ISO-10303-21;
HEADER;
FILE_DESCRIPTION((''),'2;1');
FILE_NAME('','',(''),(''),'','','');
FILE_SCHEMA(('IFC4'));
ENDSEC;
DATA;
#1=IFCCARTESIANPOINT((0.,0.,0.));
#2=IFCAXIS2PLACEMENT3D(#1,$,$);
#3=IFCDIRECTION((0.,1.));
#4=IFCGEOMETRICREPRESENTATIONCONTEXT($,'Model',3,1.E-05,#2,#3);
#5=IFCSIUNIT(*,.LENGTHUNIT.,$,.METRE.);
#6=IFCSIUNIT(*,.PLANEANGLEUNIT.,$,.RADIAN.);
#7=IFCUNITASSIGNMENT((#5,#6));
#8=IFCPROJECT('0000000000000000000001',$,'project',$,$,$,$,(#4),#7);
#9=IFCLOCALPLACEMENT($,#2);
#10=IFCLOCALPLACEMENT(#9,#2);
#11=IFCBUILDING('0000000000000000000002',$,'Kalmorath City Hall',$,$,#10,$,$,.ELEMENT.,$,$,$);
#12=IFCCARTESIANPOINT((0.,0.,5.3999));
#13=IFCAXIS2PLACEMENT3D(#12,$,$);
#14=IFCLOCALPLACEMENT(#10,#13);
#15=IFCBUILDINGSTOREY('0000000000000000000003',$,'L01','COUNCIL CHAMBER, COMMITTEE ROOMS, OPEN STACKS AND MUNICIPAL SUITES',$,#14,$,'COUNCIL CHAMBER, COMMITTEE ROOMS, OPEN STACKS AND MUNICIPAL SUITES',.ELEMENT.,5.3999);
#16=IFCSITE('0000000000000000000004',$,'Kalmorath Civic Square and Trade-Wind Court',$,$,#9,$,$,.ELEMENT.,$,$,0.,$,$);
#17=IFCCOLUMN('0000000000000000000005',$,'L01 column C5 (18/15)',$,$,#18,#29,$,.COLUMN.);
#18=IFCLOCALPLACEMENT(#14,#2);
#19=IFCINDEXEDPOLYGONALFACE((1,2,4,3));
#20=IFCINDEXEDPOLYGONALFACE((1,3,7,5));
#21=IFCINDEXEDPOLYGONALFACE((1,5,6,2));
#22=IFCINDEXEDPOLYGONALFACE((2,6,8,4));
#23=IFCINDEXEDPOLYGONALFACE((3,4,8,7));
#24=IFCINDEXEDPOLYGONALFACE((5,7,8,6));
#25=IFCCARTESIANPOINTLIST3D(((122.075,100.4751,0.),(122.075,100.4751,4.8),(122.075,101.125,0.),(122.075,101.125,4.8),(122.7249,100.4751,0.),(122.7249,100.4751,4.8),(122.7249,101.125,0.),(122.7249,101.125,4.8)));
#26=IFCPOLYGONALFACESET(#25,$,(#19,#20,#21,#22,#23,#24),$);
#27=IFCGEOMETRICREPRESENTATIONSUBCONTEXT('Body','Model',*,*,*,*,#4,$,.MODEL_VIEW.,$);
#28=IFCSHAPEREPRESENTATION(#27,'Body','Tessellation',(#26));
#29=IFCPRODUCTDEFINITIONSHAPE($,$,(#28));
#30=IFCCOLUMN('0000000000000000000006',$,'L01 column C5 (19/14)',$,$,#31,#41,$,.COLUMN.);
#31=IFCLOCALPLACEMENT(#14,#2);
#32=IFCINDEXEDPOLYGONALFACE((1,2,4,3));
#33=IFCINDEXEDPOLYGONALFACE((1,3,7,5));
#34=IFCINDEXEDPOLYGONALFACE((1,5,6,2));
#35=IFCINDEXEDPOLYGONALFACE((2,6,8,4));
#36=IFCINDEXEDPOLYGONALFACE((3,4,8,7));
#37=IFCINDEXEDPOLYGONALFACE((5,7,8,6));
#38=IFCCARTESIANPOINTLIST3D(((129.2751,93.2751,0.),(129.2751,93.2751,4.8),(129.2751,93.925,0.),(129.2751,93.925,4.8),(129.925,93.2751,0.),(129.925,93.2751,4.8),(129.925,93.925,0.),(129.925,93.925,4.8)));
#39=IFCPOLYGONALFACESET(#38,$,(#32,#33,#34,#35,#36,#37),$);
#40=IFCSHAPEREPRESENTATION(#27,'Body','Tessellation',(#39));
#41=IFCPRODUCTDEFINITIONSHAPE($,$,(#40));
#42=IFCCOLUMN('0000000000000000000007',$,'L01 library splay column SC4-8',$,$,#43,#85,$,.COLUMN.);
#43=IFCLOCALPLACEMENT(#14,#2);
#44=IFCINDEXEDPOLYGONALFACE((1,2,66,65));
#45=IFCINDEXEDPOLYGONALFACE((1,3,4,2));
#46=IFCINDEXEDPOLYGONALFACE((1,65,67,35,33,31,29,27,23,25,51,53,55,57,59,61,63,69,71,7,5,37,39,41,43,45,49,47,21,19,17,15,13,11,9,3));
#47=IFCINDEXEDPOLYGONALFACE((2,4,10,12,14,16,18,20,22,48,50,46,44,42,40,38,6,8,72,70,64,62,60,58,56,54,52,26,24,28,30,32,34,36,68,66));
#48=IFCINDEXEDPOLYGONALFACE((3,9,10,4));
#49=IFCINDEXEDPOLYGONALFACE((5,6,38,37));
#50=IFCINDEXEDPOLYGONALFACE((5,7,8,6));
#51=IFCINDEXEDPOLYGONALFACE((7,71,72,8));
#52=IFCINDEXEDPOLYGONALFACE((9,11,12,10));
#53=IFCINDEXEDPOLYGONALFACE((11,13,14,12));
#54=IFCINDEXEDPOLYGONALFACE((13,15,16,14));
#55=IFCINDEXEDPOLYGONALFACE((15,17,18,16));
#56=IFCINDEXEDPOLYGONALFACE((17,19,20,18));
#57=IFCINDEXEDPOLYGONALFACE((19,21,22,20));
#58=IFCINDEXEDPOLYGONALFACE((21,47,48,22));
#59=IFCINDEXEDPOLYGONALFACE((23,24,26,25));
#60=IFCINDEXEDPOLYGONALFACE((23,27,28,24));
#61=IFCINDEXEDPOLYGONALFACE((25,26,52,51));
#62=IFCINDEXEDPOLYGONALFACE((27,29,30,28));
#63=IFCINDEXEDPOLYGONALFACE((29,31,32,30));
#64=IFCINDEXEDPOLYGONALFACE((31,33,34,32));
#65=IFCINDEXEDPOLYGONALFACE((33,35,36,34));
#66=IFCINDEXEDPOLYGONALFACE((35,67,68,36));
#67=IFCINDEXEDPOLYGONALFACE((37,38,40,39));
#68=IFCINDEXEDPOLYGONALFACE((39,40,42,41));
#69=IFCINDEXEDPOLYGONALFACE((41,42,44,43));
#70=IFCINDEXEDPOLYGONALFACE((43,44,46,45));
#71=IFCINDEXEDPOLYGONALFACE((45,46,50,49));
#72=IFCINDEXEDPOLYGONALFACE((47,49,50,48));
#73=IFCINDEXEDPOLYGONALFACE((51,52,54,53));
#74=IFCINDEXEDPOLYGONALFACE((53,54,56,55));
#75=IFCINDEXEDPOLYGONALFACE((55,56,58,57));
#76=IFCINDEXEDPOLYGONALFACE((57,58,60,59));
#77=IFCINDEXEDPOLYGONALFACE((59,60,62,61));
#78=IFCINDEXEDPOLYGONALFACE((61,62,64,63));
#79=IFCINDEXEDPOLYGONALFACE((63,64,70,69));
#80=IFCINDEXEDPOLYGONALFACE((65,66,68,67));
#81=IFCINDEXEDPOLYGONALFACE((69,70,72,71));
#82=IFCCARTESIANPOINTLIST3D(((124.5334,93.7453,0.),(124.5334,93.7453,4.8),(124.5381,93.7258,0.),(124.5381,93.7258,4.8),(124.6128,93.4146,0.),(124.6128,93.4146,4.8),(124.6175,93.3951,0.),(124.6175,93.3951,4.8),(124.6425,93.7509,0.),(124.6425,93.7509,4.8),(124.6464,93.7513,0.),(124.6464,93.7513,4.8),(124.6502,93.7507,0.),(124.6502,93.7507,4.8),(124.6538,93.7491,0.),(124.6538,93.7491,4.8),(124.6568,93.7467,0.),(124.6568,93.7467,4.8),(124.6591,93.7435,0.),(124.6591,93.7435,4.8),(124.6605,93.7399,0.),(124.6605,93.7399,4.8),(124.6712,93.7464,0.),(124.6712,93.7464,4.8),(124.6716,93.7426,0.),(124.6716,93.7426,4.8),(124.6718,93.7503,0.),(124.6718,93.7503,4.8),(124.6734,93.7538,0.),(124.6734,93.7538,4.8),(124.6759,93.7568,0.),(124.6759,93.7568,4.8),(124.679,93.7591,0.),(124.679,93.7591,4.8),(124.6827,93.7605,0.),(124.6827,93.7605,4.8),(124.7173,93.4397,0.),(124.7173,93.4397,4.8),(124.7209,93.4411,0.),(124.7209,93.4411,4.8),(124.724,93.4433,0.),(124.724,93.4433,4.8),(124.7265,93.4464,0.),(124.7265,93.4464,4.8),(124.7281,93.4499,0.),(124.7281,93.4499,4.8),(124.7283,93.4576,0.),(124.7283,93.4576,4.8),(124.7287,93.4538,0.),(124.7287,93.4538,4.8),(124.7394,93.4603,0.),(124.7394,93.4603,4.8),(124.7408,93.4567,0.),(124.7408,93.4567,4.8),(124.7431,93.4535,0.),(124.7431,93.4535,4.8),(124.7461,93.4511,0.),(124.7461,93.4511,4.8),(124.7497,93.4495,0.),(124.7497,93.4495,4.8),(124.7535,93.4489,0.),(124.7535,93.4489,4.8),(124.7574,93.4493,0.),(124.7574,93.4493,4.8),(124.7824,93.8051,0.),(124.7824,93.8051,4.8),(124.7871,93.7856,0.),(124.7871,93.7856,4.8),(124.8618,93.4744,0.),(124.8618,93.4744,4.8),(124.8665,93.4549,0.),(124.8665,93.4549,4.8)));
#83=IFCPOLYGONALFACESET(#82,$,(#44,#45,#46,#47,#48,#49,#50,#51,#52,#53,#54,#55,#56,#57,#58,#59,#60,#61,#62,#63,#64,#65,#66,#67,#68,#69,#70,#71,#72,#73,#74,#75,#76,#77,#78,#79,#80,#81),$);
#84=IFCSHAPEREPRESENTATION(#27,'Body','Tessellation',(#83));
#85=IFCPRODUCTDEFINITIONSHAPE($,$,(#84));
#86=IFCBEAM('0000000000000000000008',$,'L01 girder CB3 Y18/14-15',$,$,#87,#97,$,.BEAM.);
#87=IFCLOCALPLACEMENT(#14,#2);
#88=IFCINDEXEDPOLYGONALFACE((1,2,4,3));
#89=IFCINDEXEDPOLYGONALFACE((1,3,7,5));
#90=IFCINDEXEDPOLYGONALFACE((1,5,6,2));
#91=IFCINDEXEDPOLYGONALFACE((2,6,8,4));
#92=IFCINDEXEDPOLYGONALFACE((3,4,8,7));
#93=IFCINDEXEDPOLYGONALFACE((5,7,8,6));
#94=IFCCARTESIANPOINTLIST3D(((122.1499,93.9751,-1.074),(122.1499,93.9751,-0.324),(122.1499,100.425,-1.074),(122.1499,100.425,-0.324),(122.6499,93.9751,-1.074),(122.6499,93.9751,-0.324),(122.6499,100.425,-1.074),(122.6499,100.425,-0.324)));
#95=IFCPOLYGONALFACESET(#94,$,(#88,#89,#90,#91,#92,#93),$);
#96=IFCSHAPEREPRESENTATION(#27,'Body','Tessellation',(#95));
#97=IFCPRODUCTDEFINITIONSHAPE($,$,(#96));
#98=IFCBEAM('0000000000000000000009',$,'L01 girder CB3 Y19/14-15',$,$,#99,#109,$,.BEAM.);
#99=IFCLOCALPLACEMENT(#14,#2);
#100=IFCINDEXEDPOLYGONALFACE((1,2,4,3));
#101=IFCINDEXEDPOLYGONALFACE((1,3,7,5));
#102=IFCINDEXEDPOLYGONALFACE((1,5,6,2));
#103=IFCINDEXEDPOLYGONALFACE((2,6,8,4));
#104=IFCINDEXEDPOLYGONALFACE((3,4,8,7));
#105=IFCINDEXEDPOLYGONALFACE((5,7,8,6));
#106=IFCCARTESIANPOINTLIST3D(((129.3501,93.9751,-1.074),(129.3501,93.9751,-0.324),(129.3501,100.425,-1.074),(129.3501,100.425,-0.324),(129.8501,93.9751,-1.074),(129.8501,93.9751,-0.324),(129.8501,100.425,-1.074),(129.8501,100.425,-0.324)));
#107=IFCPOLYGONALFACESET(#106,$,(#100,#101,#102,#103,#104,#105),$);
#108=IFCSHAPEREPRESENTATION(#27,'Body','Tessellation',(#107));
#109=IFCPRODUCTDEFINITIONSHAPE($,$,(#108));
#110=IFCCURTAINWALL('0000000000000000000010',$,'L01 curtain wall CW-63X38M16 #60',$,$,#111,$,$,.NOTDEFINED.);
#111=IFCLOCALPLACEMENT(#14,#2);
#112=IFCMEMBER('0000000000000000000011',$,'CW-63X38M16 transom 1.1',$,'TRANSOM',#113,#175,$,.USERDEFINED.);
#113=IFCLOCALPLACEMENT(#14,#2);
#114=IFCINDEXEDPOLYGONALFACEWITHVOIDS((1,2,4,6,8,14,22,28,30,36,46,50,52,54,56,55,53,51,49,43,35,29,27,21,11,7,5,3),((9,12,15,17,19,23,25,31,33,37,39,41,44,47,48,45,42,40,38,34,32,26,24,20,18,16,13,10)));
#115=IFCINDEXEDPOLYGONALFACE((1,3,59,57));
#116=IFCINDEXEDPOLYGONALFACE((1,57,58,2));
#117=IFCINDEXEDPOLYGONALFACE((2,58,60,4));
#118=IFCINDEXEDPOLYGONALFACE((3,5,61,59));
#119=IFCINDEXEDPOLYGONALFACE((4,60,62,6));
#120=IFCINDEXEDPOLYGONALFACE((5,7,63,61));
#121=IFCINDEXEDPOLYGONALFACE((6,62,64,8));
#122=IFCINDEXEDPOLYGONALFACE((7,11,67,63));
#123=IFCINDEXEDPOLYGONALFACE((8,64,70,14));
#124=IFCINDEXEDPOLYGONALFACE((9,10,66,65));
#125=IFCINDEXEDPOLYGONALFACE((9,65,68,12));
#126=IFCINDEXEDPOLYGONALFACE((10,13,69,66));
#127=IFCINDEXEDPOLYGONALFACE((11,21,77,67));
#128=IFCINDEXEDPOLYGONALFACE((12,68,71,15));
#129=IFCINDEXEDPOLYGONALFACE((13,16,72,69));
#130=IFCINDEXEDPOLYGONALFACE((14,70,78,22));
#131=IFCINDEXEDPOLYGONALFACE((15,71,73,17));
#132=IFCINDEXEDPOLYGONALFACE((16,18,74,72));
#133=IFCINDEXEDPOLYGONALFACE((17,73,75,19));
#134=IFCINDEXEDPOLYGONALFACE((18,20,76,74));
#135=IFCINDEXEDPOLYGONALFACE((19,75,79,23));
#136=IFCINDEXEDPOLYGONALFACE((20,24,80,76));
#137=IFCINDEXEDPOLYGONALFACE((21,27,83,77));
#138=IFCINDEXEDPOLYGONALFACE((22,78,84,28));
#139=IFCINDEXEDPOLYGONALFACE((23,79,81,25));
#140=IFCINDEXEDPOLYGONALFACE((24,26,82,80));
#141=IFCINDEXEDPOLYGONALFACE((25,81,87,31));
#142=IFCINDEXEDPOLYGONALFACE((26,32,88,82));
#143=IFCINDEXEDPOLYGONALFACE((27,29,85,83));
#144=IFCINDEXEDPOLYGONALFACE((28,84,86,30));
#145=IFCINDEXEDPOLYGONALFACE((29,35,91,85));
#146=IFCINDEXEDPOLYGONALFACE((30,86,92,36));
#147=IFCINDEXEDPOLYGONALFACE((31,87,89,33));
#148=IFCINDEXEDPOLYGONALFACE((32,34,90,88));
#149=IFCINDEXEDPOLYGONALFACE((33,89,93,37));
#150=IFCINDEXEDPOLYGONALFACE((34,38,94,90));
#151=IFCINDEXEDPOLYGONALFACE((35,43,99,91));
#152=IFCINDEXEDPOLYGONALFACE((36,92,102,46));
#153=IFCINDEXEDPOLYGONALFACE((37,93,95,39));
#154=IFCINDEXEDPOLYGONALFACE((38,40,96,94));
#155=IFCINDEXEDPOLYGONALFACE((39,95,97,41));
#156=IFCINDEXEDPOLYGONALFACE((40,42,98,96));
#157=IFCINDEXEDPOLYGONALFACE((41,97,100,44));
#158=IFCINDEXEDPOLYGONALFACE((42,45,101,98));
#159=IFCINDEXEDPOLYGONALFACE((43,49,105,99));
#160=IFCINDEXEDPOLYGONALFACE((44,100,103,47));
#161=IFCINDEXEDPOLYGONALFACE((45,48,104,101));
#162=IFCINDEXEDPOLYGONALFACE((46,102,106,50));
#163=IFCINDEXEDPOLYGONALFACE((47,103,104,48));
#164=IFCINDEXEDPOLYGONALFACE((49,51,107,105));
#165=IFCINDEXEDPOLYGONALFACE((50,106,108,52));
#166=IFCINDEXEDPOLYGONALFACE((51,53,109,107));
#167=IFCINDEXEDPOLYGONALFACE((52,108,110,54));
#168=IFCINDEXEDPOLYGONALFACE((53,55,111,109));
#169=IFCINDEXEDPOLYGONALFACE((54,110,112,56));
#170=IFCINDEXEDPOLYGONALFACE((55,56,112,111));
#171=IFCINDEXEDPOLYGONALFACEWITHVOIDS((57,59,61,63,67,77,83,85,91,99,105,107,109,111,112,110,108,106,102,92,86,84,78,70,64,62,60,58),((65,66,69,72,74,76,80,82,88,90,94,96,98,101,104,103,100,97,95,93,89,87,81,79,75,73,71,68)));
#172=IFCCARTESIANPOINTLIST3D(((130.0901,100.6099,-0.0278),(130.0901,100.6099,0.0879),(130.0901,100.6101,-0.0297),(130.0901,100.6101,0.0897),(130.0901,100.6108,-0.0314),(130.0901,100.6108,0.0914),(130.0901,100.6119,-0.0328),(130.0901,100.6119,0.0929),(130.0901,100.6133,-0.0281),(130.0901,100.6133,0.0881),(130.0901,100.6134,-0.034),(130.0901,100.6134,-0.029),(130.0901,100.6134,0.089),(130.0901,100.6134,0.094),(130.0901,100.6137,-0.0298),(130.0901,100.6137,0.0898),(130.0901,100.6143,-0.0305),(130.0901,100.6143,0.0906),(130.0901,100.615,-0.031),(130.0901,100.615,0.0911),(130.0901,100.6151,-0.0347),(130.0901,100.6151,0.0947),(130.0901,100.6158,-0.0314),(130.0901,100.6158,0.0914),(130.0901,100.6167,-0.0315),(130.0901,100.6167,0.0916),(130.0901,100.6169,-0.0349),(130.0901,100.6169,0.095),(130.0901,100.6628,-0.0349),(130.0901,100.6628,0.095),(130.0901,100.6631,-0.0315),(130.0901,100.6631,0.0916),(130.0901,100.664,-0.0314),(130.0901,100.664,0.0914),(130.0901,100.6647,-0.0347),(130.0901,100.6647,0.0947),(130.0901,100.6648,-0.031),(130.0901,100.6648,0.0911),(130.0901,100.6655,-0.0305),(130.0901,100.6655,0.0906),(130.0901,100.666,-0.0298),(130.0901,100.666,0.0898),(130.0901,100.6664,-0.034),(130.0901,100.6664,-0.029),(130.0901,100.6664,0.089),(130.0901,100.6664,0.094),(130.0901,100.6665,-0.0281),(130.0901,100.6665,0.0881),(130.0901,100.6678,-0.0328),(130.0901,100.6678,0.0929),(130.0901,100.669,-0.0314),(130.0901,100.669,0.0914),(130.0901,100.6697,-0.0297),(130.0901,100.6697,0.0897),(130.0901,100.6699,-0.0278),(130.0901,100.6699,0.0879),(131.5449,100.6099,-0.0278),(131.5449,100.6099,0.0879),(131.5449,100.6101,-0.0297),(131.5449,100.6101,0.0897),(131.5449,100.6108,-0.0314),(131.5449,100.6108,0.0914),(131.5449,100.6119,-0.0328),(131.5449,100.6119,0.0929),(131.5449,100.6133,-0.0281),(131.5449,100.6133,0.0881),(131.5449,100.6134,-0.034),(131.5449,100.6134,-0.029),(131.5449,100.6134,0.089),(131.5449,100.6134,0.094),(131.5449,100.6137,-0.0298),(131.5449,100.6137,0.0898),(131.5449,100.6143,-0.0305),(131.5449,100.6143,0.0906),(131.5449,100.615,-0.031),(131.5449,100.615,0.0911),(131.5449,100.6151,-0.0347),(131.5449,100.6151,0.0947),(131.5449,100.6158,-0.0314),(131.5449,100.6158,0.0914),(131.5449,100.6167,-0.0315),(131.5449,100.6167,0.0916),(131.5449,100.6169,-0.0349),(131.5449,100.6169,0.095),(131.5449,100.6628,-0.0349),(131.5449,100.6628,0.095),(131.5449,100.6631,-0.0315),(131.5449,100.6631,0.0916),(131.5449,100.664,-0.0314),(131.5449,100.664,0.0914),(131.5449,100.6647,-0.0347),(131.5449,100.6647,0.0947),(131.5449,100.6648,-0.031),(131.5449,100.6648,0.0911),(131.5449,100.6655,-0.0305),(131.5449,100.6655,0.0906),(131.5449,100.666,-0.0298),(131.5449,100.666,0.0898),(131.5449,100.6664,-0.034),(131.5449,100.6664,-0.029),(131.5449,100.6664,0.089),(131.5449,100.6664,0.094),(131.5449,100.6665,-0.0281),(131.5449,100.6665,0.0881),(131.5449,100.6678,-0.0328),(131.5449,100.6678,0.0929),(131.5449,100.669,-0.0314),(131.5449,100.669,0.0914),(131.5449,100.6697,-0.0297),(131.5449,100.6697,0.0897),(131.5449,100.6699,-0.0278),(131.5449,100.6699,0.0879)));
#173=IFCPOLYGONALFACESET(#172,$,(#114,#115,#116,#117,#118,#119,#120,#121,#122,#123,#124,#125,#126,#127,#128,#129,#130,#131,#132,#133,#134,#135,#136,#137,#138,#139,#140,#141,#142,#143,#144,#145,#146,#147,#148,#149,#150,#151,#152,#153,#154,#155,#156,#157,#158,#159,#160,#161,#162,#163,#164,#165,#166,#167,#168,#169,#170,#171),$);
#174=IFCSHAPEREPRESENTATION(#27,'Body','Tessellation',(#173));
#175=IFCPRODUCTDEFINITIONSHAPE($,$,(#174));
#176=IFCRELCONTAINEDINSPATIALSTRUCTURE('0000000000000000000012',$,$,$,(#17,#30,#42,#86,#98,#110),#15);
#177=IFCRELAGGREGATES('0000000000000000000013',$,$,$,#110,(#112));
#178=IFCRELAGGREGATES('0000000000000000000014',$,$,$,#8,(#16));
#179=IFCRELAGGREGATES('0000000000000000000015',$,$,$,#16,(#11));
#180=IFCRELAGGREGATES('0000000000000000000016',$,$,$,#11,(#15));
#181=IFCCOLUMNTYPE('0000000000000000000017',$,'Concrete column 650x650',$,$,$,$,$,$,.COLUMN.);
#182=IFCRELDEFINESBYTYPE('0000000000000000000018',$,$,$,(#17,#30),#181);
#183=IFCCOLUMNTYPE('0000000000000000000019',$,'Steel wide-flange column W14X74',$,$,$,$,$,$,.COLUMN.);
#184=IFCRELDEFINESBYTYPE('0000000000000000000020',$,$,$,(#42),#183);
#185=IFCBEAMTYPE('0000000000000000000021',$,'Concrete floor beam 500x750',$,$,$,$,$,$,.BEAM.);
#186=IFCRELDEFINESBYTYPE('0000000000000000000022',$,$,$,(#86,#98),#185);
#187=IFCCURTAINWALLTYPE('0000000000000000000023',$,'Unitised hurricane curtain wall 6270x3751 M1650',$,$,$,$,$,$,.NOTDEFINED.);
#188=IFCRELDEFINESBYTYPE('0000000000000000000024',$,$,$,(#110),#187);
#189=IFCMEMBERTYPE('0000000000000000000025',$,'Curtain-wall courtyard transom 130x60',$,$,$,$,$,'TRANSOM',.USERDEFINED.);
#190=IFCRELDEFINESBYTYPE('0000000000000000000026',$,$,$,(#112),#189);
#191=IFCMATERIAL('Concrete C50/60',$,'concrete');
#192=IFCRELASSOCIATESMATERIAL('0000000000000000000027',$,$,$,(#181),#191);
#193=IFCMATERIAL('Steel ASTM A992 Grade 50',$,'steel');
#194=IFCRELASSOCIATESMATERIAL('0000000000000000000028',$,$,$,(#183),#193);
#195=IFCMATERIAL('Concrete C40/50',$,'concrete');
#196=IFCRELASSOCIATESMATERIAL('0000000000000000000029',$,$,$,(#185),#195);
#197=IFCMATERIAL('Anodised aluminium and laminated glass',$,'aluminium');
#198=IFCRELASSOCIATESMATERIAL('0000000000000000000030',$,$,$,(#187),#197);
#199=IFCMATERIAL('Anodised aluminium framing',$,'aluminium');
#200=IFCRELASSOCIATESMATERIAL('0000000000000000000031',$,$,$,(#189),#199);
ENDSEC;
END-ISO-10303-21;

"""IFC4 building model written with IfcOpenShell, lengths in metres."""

from ifc_helpers import new_model, si_unit, direction, frame, origin, origin_2d, place, context, subcontext, project, spatial, rectangle, hollow_rectangle, i_section, extrude, material, material_profile, profile_set, type_object, element, aggregate, save


model = new_model("IFC4")

# Units and contexts
model_context = context("Model", 3, precision=1e-05, world=origin(), true_north=direction((0.0, 1.0)))
body_context = subcontext(model_context, "Body", "Model", "MODEL_VIEW")
ifc_project = project(units=[si_unit("LENGTHUNIT", "METRE"), si_unit("PLANEANGLEUNIT", "RADIAN")], contexts=[model_context])

# Site, building, storey
site_placement = place(None, origin())
site = spatial("IfcSite", under=ifc_project, at=site_placement, Name="Kalmorath Civic Square and Trade-Wind Court", CompositionType="ELEMENT", RefElevation=0.0)
building_placement = place(site_placement, origin())
building = spatial("IfcBuilding", under=site, at=building_placement, Name="Kalmorath City Hall", CompositionType="ELEMENT")
storey_placement = place(building_placement, frame((0.0, 0.0, 5.3999)))
storey = spatial("IfcBuildingStorey", under=building, at=storey_placement, Name="L01", Description="COUNCIL CHAMBER, COMMITTEE ROOMS, OPEN STACKS AND MUNICIPAL SUITES", LongName="COUNCIL CHAMBER, COMMITTEE ROOMS, OPEN STACKS AND MUNICIPAL SUITES", CompositionType="ELEMENT", Elevation=5.3999)

# Columns
ifc_material_1 = material(Name="Concrete C50/60", Category="concrete")
ifc_material_profile_1 = material_profile(ifc_material_1, rectangle(XDim=0.6499, YDim=0.6499, at=origin_2d()), Name="RC-COL-650X650")
ifc_profile_set_1 = profile_set([ifc_material_profile_1], Name="Concrete C50/60")
column_type_1 = type_object("IfcColumnType", Name="Concrete column 650x650", PredefinedType="COLUMN", material=ifc_profile_set_1)
for number, where, z_axis, x_axis, name in (
    (1, (122.3999, 100.8, 0.0), (0.0, 0.0, 1.0), (1.0, 0.0, 0.0), "L01 column C5 (18/15)"),
    (2, (129.6001, 93.6001, 0.0), (0.0, 0.0, 1.0), (1.0, 0.0, 0.0), "L01 column C5 (19/14)"),
):
    element("IfcColumn", number, at=place(storey_placement, frame(where, z_axis=z_axis, x_axis=x_axis)), inside=storey, type_object=column_type_1, Name=name, PredefinedType="COLUMN", context=body_context, shape_type="SweptSolid", body=[
        extrude(rectangle(XDim=0.6499, YDim=0.6499, at=origin_2d()), origin(), (0.0, 0.0, 1.0), 4.8),
    ])
ifc_material_2 = material(Name="Steel ASTM A992 Grade 50", Category="steel")
ifc_material_profile_2 = material_profile(ifc_material_2, i_section(OverallWidth=0.2561, OverallDepth=0.3601, WebThickness=0.0115, FlangeThickness=0.02, FilletRadius=0.0149, at=origin_2d()), Name="W14X74")
ifc_profile_set_2 = profile_set([ifc_material_profile_2], Name="Steel ASTM A992 Grade 50")
column_type_2 = type_object("IfcColumnType", Name="Steel wide-flange column W14X74", PredefinedType="COLUMN", material=ifc_profile_set_2)
column_placement = place(storey_placement, frame((124.7, 93.6001, 0.0), z_axis=(0.0, 0.0, 1.0), x_axis=(0.97237, 0.233445, 0.0)))
element("IfcColumn", 3, at=column_placement, inside=storey, type_object=column_type_2, Name="L01 library splay column SC4-8", PredefinedType="COLUMN", context=body_context, shape_type="SweptSolid", body=[
    extrude(i_section(OverallWidth=0.2561, OverallDepth=0.3601, WebThickness=0.0115, FlangeThickness=0.02, FilletRadius=0.0149, at=origin_2d()), origin(), (0.0, 0.0, 1.0), 4.8),
])

# Beams
ifc_material_3 = material(Name="Concrete C40/50", Category="concrete")
ifc_material_profile_3 = material_profile(ifc_material_3, rectangle(XDim=0.5, YDim=0.75, at=origin_2d()), Name="RC-BM-500X750")
ifc_profile_set_3 = profile_set([ifc_material_profile_3], Name="Concrete C40/50")
beam_type_1 = type_object("IfcBeamType", Name="Concrete floor beam 500x750", PredefinedType="BEAM", material=ifc_profile_set_3)
for number, where, z_axis, x_axis, name in (
    (4, (122.3999, 93.9751, -0.699), (0.0, 1.0, 0.0), (-1.0, 0.0, 0.0), "L01 girder CB3 Y18/14-15"),
    (5, (129.6001, 93.9751, -0.699), (0.0, 1.0, 0.0), (-1.0, 0.0, 0.0), "L01 girder CB3 Y19/14-15"),
):
    element("IfcBeam", number, at=place(storey_placement, frame(where, z_axis=z_axis, x_axis=x_axis)), inside=storey, type_object=beam_type_1, Name=name, PredefinedType="BEAM", context=body_context, shape_type="SweptSolid", body=[
        extrude(rectangle(XDim=0.5, YDim=0.75, at=origin_2d()), origin(), (0.0, 0.0, 1.0), 6.45),
    ])

# Curtain wall, member
ifc_material_4 = material(Name="Anodised aluminium and laminated glass", Category="aluminium")
curtain_wall_type_1 = type_object("IfcCurtainWallType", Name="Unitised hurricane curtain wall 6270x3751 M1650", PredefinedType="NOTDEFINED", material=ifc_material_4)
curtain_wall_1_placement = place(storey_placement, origin())
curtain_wall_1 = element("IfcCurtainWall", 6, at=curtain_wall_1_placement, inside=storey, type_object=curtain_wall_type_1, Name="L01 curtain wall CW-63X38M16 #60", PredefinedType="NOTDEFINED")
ifc_material_5 = material(Name="Anodised aluminium framing", Category="aluminium")
ifc_material_profile_4 = material_profile(ifc_material_5, hollow_rectangle(XDim=0.0601, YDim=0.1299, WallThickness=0.0034, InnerFilletRadius=0.0034, OuterFilletRadius=0.0071, at=origin_2d()), Name="ALU-TRN-130X60X3.5")
ifc_profile_set_4 = profile_set([ifc_material_profile_4], Name="Anodised aluminium framing")
member_type_1 = type_object("IfcMemberType", Name="Curtain-wall courtyard transom 130x60", ElementType="TRANSOM", PredefinedType="USERDEFINED", material=ifc_profile_set_4)
member_1_placement = place(storey_placement, frame((130.0901, 100.6399, 0.03), z_axis=(1.0, 0.0, 0.0), x_axis=(0.0, 1.0, 0.0)))
member_1 = element("IfcMember", 7, at=member_1_placement, type_object=member_type_1, Name="CW-63X38M16 transom 1.1", ObjectType="TRANSOM", PredefinedType="USERDEFINED", context=body_context, shape_type="SweptSolid", body=[
    extrude(hollow_rectangle(XDim=0.0601, YDim=0.1299, WallThickness=0.0034, InnerFilletRadius=0.0034, OuterFilletRadius=0.0071, at=origin_2d()), origin(), (0.0, 0.0, 1.0), 1.4548),
])

aggregate(curtain_wall_1, [member_1])

save(model, "model.ifc")
